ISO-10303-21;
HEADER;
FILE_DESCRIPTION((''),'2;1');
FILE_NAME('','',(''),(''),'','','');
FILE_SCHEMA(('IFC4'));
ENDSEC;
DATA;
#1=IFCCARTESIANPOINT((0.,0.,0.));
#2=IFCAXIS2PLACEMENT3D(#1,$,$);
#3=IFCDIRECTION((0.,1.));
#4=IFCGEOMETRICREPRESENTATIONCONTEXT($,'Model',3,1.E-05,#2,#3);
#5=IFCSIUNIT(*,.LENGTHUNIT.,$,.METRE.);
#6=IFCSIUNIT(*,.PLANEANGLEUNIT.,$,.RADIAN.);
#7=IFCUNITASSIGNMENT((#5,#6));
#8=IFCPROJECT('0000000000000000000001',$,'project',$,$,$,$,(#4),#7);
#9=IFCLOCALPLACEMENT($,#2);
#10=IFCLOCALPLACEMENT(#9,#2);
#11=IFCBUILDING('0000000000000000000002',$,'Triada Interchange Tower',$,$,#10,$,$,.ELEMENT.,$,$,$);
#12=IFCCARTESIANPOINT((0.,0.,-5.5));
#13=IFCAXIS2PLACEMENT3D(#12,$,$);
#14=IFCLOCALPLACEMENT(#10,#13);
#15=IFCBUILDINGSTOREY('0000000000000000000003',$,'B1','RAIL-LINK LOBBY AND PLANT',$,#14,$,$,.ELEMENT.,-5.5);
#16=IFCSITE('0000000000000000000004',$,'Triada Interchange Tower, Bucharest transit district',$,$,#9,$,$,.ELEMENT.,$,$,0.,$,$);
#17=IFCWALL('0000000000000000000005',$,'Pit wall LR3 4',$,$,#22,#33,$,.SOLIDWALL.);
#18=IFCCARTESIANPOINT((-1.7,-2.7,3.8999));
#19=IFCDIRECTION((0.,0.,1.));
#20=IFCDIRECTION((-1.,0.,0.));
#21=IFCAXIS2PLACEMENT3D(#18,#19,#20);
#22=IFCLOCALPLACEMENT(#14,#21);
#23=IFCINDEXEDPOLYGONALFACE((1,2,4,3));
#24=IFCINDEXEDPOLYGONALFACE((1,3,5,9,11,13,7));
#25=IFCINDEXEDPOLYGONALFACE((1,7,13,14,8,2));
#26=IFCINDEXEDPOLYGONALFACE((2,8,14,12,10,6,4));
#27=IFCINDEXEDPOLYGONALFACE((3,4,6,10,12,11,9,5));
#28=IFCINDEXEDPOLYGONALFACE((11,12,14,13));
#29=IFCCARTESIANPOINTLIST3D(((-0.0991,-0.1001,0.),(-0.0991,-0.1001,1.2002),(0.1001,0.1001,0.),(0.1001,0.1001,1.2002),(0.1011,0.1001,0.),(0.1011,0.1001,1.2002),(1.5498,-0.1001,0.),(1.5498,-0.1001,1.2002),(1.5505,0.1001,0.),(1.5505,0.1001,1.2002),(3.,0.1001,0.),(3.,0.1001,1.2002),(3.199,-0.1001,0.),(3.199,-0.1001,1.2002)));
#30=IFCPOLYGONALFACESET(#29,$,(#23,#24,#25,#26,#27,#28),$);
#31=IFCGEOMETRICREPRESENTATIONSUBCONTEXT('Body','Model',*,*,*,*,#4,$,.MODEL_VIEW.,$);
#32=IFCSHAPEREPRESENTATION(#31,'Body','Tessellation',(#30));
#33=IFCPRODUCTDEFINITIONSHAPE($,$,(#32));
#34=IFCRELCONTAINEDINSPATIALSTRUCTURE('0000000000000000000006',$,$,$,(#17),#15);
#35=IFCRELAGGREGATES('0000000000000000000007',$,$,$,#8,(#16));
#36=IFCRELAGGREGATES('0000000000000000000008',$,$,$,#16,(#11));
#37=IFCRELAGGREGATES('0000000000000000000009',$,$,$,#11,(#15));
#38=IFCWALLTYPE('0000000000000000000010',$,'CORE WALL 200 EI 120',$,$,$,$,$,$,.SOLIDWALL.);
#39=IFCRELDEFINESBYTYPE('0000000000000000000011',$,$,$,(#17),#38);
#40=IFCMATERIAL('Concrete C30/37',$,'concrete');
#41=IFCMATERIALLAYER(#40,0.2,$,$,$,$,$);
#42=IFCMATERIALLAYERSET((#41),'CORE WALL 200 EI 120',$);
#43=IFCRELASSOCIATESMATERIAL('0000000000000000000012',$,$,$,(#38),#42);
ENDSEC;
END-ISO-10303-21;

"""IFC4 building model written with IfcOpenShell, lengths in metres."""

from ifc_helpers import new_model, si_unit, direction, frame, origin, place, context, subcontext, project, spatial, polyline, outline, extrude, material, layer, layer_set, type_object, element, save


model = new_model("IFC4")

# Units and contexts
model_context = context("Model", 3, precision=1e-05, world=origin(), true_north=direction((0.0, 1.0)))
body_context = subcontext(model_context, "Body", "Model", "MODEL_VIEW")
ifc_project = project(units=[si_unit("LENGTHUNIT", "METRE"), si_unit("PLANEANGLEUNIT", "RADIAN")], contexts=[model_context])

# Site, building, storey
site_placement = place(None, origin())
site = spatial("IfcSite", under=ifc_project, at=site_placement, Name="Triada Interchange Tower, Bucharest transit district", CompositionType="ELEMENT", RefElevation=0.0)
building_placement = place(site_placement, origin())
building = spatial("IfcBuilding", under=site, at=building_placement, Name="Triada Interchange Tower", CompositionType="ELEMENT")
storey_placement = place(building_placement, frame((0.0, 0.0, -5.5)))
storey = spatial("IfcBuildingStorey", under=building, at=storey_placement, Name="B1", Description="RAIL-LINK LOBBY AND PLANT", CompositionType="ELEMENT", Elevation=-5.5)

# Shared definitions
ifc_material_1 = material(Name="Concrete C30/37", Category="concrete")

# Shared definitions
ifc_layer_1 = layer(ifc_material_1, 0.2)
ifc_layer_set_1 = layer_set([ifc_layer_1], Name="CORE WALL 200 EI 120")
wall_type_1 = type_object("IfcWallType", Name="CORE WALL 200 EI 120", PredefinedType="SOLIDWALL", material=ifc_layer_set_1)

# Wall
wall_1_placement = place(storey_placement, frame((-1.7, -2.7, 3.8999), z_axis=(0.0, 0.0, 1.0), x_axis=(-1.0, 0.0, 0.0)))
element("IfcWall", 1, at=wall_1_placement, inside=storey, type_object=wall_type_1, Name="Pit wall LR3 4", PredefinedType="SOLIDWALL", context=body_context, shape_type="SweptSolid", body=[
    extrude(outline(polyline([(3.0, 0.1001), (3.0, 0.1001), (3.0, 0.1001), (3.0, 0.1001), (3.0, 0.1001), (3.0, 0.1001), (3.0, 0.1001), (3.0, 0.1001), (3.0, 0.1001), (3.199, -0.1001), (1.5498, -0.1001), (-0.0991, -0.1001), (0.1001, 0.1001), (0.1001, 0.1001), (0.1001, 0.1001), (0.1001, 0.1001), (0.1001, 0.1001), (0.1001, 0.1001), (0.1001, 0.1001), (0.1001, 0.1001), (0.1011, 0.1001), (1.5505, 0.1001), (3.0, 0.1001)])), origin(), (0.0, 0.0, 1.0), 1.2002),
])

save(model, "model.ifc")
